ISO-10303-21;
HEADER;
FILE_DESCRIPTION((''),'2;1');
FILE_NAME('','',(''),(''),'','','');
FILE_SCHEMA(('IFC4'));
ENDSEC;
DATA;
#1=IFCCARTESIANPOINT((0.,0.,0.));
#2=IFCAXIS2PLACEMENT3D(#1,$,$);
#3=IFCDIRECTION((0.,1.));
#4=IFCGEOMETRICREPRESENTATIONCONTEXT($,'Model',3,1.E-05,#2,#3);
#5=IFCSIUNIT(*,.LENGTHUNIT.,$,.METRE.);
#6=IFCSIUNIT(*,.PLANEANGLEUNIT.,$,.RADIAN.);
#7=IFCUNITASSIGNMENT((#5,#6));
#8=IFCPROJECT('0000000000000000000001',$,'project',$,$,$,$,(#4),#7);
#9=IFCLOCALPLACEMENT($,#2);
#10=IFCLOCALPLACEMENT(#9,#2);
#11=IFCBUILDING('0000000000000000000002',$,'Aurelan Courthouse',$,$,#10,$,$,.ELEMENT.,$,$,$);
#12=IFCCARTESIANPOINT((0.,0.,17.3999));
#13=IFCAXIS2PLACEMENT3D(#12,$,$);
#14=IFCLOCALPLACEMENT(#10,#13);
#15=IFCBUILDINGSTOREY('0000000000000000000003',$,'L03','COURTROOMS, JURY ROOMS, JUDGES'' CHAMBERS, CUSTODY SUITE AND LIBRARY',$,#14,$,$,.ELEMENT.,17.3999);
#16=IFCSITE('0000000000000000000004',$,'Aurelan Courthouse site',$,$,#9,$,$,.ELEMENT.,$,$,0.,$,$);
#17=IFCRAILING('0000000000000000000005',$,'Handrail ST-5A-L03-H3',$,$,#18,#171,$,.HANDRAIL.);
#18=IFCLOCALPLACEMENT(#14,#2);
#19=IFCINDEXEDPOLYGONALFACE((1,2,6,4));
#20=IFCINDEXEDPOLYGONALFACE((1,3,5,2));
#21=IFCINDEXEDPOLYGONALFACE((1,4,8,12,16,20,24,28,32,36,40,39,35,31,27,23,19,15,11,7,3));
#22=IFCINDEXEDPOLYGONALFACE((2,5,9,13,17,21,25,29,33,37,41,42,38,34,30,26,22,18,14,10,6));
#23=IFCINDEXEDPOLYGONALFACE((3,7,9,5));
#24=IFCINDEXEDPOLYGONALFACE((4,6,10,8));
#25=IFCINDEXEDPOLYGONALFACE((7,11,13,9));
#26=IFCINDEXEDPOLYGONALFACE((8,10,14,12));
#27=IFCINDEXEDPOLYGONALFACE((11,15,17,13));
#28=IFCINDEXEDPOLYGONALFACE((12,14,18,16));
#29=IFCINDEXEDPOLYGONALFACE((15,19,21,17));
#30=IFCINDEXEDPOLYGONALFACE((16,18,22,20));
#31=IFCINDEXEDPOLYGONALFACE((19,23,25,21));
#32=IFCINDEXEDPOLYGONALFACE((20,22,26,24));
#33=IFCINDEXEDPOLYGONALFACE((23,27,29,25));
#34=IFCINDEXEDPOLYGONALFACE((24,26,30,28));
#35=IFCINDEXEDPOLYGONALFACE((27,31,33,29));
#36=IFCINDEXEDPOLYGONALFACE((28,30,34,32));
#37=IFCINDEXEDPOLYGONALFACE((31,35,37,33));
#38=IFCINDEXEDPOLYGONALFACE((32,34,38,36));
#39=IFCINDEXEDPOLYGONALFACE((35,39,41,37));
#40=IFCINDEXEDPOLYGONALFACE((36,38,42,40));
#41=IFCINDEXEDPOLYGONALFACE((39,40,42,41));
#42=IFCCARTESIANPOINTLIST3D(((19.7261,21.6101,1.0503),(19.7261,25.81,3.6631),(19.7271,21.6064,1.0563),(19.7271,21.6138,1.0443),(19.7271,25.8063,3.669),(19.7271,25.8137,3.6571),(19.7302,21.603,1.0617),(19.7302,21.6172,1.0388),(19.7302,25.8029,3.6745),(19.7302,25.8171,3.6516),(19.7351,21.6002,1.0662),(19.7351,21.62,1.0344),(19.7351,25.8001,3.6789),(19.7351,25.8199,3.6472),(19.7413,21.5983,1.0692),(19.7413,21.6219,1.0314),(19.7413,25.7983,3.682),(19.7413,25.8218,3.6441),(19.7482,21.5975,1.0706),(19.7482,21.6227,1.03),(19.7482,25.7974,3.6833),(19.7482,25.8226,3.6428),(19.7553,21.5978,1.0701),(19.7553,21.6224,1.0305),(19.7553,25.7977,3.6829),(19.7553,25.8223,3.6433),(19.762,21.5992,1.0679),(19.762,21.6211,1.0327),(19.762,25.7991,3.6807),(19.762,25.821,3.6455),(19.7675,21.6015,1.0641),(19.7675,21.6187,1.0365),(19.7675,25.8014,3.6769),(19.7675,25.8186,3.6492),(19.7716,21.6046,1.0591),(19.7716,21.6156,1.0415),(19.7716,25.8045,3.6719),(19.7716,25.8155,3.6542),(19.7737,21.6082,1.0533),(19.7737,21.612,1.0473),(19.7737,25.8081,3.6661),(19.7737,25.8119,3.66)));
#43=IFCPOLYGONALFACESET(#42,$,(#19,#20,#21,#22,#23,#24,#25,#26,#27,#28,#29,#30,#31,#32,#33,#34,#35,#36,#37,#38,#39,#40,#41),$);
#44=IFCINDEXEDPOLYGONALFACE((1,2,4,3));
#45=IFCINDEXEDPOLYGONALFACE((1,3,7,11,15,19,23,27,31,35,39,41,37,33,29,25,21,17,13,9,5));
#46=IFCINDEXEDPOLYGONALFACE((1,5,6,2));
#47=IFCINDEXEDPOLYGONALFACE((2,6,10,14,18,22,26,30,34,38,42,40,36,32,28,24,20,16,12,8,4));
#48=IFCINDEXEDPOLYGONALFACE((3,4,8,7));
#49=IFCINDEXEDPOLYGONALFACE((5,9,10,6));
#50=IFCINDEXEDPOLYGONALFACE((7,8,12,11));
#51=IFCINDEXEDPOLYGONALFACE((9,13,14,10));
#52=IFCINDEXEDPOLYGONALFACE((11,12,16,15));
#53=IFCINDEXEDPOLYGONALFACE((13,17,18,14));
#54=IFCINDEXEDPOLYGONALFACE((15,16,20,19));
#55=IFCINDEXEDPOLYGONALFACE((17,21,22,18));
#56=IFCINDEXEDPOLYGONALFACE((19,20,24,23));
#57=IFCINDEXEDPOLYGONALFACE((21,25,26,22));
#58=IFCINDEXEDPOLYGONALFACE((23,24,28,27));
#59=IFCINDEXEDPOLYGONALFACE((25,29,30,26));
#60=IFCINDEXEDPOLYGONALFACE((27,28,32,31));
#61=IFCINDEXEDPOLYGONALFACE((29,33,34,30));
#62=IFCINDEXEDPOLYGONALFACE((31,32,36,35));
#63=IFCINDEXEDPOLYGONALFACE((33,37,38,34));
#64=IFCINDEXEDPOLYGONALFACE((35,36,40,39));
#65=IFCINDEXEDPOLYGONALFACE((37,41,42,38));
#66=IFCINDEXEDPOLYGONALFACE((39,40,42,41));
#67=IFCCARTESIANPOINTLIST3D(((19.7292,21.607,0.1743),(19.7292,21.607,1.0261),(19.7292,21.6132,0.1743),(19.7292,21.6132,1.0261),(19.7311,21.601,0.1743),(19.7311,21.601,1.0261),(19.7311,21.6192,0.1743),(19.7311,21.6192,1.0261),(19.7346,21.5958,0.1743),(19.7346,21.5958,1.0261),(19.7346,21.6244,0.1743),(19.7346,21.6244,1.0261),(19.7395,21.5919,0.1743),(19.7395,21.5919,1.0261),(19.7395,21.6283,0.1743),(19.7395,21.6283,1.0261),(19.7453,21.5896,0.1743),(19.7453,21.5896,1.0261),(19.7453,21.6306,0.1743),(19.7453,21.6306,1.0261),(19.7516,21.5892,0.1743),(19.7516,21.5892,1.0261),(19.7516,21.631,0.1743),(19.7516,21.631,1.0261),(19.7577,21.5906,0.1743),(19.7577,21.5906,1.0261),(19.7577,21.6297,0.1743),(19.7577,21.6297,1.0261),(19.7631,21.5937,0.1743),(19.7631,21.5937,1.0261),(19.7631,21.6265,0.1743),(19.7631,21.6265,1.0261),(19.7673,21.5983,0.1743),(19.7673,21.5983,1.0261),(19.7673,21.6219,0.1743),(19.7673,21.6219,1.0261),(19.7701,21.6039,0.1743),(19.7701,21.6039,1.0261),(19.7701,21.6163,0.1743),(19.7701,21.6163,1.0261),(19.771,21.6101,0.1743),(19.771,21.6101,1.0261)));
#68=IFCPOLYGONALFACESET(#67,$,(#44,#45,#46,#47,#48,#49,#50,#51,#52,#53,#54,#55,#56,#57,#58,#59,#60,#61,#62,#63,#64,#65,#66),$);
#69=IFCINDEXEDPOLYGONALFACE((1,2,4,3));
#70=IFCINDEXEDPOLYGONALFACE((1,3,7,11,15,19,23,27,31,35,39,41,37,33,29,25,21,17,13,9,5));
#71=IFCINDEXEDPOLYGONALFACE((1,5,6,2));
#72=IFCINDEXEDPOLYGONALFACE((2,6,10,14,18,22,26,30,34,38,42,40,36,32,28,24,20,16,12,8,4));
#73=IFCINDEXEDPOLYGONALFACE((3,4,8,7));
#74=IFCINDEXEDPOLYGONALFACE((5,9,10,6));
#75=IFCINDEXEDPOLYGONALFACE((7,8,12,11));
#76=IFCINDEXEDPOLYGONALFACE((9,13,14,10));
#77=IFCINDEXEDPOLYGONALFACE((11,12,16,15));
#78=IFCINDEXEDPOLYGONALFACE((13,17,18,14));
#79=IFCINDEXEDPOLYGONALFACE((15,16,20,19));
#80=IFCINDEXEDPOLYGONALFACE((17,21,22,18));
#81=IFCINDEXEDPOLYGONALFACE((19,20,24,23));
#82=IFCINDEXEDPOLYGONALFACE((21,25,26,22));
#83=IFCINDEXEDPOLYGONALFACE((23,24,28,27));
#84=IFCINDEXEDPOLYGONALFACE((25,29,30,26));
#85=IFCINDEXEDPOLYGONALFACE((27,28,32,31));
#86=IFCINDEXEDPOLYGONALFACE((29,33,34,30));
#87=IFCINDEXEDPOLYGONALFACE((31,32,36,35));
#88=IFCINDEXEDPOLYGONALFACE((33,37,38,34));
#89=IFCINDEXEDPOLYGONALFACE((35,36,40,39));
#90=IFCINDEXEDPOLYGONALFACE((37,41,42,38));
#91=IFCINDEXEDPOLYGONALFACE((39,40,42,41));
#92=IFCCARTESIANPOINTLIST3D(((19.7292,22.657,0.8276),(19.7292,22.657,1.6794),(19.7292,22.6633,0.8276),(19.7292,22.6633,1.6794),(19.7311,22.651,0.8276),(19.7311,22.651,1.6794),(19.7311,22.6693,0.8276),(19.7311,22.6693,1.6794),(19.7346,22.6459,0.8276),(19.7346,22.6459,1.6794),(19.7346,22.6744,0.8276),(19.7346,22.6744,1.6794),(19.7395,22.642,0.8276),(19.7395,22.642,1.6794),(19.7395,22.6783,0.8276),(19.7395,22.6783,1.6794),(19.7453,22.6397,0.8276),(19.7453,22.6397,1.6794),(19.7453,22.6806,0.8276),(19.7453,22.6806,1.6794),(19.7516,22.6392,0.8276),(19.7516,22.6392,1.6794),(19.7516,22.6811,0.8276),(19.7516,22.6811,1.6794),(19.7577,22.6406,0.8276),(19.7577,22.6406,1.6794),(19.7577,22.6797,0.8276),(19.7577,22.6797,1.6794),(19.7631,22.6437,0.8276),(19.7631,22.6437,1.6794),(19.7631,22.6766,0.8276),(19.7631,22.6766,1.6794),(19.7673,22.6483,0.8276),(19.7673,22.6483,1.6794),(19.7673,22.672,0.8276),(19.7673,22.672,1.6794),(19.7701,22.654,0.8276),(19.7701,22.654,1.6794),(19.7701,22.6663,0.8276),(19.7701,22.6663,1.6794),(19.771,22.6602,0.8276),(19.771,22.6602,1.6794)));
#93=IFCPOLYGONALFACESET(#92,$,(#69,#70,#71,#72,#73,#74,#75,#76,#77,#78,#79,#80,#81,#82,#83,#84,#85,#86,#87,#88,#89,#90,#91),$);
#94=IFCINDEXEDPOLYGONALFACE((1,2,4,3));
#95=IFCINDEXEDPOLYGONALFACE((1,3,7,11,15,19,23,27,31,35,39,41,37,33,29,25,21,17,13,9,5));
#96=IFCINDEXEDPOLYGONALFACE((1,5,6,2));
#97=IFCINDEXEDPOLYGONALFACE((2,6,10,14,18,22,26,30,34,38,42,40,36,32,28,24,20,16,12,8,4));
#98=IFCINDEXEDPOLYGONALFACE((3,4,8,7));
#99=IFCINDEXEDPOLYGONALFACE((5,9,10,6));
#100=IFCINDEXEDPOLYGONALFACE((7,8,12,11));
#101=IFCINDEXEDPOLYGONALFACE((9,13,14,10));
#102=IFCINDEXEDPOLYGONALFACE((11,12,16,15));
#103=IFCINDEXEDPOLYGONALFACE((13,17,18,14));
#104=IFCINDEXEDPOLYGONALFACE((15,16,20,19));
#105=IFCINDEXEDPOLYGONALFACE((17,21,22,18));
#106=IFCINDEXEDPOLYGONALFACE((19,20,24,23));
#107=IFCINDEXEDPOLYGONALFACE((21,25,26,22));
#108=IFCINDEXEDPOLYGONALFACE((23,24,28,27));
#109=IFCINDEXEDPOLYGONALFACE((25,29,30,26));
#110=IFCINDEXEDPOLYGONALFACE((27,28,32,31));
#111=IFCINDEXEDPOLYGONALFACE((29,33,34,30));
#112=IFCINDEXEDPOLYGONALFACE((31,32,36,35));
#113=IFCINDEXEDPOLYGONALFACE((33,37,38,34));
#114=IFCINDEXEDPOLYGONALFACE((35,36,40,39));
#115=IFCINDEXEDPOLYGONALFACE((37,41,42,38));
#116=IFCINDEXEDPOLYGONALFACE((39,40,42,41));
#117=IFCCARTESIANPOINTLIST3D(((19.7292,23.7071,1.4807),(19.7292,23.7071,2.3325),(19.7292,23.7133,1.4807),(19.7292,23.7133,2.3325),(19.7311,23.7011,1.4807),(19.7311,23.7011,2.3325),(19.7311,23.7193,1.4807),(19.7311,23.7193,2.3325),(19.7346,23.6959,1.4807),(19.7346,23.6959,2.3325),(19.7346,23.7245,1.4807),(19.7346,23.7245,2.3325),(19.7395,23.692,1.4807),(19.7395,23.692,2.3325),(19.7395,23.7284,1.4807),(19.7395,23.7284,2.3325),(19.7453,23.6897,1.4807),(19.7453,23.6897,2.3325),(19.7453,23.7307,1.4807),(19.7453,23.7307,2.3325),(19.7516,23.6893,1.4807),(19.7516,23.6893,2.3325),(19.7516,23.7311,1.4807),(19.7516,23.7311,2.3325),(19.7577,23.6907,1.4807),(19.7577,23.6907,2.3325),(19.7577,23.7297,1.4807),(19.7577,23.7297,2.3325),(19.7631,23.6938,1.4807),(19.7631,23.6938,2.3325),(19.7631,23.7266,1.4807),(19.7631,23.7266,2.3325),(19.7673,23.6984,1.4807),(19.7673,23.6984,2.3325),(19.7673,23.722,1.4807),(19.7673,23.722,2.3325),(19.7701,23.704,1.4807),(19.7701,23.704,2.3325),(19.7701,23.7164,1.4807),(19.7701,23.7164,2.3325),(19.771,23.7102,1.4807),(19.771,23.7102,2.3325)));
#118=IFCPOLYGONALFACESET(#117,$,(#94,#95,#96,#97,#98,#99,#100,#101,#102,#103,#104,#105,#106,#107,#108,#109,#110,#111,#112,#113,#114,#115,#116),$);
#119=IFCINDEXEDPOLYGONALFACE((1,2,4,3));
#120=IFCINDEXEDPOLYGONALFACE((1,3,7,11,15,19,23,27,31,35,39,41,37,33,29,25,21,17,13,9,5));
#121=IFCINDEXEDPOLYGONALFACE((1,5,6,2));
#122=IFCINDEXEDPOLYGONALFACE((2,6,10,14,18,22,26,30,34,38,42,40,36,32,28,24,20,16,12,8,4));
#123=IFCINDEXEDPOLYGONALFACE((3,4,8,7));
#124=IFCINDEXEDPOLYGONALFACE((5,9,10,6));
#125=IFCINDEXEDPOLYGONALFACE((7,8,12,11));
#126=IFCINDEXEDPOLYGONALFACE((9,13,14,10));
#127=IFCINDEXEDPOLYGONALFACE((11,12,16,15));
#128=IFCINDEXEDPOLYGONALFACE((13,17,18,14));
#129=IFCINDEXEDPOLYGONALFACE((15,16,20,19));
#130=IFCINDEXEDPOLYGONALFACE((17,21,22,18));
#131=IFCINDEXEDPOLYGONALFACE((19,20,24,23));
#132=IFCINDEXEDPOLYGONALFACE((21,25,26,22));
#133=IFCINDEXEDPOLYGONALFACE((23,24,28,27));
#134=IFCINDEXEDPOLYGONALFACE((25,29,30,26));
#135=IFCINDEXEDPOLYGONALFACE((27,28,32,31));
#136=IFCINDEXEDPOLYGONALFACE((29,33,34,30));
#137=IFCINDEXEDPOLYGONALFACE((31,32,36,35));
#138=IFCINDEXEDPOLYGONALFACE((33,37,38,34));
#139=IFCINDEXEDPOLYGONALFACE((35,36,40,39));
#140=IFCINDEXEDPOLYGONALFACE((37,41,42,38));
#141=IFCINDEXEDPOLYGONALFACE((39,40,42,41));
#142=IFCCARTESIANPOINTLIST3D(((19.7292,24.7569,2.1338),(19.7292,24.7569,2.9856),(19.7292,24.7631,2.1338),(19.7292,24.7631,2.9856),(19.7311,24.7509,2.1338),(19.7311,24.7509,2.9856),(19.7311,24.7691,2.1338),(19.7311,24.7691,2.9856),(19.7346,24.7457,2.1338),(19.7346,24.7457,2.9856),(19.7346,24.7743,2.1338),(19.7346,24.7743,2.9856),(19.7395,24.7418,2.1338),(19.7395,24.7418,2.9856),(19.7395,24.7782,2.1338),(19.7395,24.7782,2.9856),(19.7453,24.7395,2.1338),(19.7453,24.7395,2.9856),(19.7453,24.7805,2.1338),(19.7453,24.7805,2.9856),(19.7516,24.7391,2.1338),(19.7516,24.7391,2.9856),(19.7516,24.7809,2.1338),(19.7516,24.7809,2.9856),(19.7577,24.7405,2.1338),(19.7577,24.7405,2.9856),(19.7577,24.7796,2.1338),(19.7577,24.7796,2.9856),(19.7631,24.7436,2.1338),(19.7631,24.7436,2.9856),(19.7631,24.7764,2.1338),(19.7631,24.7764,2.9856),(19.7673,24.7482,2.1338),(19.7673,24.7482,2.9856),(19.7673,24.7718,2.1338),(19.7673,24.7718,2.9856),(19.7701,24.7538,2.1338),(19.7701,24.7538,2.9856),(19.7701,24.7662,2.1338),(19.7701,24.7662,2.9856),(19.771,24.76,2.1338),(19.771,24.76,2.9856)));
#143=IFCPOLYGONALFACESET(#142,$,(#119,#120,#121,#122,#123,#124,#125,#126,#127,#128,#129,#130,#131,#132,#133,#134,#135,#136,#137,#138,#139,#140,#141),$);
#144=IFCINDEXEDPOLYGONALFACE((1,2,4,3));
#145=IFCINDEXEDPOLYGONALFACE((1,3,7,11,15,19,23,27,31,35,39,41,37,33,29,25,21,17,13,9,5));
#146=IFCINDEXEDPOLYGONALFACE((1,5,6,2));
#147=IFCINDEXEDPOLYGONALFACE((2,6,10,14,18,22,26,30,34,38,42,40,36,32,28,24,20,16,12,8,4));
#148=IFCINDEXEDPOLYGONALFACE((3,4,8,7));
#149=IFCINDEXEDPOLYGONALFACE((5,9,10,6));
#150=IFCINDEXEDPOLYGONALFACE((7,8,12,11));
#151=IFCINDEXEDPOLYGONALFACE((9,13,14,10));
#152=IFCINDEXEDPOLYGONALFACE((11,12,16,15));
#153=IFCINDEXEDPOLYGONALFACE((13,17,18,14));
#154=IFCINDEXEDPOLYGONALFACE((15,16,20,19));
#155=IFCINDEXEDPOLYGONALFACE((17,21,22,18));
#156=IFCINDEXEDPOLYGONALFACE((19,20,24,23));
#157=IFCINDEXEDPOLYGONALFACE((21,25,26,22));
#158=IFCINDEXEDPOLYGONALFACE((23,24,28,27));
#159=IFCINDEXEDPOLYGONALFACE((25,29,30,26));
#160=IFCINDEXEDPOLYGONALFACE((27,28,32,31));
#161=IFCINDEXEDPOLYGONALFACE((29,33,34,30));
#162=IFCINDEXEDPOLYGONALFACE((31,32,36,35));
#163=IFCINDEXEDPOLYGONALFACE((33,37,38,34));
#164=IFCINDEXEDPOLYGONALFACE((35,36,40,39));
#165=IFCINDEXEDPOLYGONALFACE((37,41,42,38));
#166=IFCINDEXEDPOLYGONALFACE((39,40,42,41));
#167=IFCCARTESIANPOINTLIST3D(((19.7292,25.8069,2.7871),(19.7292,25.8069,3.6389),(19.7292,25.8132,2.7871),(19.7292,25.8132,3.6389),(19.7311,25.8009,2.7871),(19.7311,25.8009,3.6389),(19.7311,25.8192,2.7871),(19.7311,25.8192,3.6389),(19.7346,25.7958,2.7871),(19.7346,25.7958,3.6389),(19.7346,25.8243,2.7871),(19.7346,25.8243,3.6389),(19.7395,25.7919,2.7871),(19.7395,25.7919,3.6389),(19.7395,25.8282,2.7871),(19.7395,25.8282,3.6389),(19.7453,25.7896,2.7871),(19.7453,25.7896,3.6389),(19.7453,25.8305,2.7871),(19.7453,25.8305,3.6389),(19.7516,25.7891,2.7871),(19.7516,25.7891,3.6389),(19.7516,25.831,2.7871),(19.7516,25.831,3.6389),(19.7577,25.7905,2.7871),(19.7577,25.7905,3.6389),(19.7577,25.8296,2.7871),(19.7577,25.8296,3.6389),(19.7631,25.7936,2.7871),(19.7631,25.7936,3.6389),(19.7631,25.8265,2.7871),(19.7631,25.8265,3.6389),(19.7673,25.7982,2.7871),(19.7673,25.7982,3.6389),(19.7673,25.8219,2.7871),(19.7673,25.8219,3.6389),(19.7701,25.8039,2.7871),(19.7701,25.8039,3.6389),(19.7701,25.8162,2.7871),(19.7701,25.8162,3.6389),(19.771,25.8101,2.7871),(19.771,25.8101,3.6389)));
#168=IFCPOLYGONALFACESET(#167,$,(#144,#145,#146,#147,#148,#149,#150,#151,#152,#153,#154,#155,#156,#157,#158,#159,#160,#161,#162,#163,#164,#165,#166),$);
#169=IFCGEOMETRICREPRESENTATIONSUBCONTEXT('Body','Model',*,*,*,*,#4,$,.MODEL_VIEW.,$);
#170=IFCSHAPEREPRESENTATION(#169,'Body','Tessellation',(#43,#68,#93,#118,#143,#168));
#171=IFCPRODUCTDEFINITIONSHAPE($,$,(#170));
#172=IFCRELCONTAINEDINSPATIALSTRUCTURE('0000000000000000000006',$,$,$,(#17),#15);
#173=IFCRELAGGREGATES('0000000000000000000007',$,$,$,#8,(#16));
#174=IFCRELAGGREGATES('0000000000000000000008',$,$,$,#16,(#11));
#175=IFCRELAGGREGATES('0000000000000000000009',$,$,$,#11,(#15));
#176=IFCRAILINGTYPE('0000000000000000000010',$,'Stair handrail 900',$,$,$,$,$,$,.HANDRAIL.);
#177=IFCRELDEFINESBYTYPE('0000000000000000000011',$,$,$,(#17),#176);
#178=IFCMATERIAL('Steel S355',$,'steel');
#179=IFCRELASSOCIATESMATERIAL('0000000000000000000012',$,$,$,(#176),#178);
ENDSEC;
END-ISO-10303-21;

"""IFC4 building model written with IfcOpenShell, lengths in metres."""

from ifc_helpers import new_model, si_unit, direction, frame, origin, origin_2d, place, context, subcontext, project, spatial, circle, extrude, material, type_object, element, save


model = new_model("IFC4")

# Units and contexts
model_context = context("Model", 3, precision=1e-05, world=origin(), true_north=direction((0.0, 1.0)))
body_context = subcontext(model_context, "Body", "Model", "MODEL_VIEW")
ifc_project = project(units=[si_unit("LENGTHUNIT", "METRE"), si_unit("PLANEANGLEUNIT", "RADIAN")], contexts=[model_context])

# Site, building, storey
site_placement = place(None, origin())
site = spatial("IfcSite", under=ifc_project, at=site_placement, Name="Aurelan Courthouse site", CompositionType="ELEMENT", RefElevation=0.0)
building_placement = place(site_placement, origin())
building = spatial("IfcBuilding", under=site, at=building_placement, Name="Aurelan Courthouse", CompositionType="ELEMENT")
storey_placement = place(building_placement, frame((0.0, 0.0, 17.3999)))
storey = spatial("IfcBuildingStorey", under=building, at=storey_placement, Name="L03", Description="COURTROOMS, JURY ROOMS, JUDGES' CHAMBERS, CUSTODY SUITE AND LIBRARY", CompositionType="ELEMENT", Elevation=17.3999)

# Railing
ifc_material_1 = material(Name="Steel S355", Category="steel")
railing_type = type_object("IfcRailingType", Name="Stair handrail 900", PredefinedType="HANDRAIL", material=ifc_material_1)
for number, where, name in (
    (1, (19.75, 21.6101, 0.1743), "Handrail ST-5A-L03-H3"),
):
    element("IfcRailing", number, at=place(storey_placement, frame(where)), inside=storey, type_object=railing_type, Name=name, PredefinedType="HANDRAIL", context=body_context, shape_type="SweptSolid", body=[
        extrude(circle(Radius=0.0239, at=origin_2d()), frame((0.0, 0.0, 0.876), z_axis=(0.0, 0.849103, 0.528228), x_axis=(-1.0, 0.0, 0.0)), (0.0, 0.0, 1.0), 4.9463),
        extrude(circle(Radius=0.021, at=origin_2d()), origin(), (0.0, 0.0, 1.0), 0.8518),
        extrude(circle(Radius=0.021, at=origin_2d()), frame((0.0, 1.05, 0.6533)), (0.0, 0.0, 1.0), 0.8518),
        extrude(circle(Radius=0.021, at=origin_2d()), frame((0.0, 2.1001, 1.3064)), (0.0, 0.0, 1.0), 0.8518),
        extrude(circle(Radius=0.021, at=origin_2d()), frame((0.0, 3.1499, 1.9595)), (0.0, 0.0, 1.0), 0.8518),
        extrude(circle(Radius=0.021, at=origin_2d()), frame((0.0, 4.2, 2.6128)), (0.0, 0.0, 1.0), 0.8518),
    ])

save(model, "model.ifc")
